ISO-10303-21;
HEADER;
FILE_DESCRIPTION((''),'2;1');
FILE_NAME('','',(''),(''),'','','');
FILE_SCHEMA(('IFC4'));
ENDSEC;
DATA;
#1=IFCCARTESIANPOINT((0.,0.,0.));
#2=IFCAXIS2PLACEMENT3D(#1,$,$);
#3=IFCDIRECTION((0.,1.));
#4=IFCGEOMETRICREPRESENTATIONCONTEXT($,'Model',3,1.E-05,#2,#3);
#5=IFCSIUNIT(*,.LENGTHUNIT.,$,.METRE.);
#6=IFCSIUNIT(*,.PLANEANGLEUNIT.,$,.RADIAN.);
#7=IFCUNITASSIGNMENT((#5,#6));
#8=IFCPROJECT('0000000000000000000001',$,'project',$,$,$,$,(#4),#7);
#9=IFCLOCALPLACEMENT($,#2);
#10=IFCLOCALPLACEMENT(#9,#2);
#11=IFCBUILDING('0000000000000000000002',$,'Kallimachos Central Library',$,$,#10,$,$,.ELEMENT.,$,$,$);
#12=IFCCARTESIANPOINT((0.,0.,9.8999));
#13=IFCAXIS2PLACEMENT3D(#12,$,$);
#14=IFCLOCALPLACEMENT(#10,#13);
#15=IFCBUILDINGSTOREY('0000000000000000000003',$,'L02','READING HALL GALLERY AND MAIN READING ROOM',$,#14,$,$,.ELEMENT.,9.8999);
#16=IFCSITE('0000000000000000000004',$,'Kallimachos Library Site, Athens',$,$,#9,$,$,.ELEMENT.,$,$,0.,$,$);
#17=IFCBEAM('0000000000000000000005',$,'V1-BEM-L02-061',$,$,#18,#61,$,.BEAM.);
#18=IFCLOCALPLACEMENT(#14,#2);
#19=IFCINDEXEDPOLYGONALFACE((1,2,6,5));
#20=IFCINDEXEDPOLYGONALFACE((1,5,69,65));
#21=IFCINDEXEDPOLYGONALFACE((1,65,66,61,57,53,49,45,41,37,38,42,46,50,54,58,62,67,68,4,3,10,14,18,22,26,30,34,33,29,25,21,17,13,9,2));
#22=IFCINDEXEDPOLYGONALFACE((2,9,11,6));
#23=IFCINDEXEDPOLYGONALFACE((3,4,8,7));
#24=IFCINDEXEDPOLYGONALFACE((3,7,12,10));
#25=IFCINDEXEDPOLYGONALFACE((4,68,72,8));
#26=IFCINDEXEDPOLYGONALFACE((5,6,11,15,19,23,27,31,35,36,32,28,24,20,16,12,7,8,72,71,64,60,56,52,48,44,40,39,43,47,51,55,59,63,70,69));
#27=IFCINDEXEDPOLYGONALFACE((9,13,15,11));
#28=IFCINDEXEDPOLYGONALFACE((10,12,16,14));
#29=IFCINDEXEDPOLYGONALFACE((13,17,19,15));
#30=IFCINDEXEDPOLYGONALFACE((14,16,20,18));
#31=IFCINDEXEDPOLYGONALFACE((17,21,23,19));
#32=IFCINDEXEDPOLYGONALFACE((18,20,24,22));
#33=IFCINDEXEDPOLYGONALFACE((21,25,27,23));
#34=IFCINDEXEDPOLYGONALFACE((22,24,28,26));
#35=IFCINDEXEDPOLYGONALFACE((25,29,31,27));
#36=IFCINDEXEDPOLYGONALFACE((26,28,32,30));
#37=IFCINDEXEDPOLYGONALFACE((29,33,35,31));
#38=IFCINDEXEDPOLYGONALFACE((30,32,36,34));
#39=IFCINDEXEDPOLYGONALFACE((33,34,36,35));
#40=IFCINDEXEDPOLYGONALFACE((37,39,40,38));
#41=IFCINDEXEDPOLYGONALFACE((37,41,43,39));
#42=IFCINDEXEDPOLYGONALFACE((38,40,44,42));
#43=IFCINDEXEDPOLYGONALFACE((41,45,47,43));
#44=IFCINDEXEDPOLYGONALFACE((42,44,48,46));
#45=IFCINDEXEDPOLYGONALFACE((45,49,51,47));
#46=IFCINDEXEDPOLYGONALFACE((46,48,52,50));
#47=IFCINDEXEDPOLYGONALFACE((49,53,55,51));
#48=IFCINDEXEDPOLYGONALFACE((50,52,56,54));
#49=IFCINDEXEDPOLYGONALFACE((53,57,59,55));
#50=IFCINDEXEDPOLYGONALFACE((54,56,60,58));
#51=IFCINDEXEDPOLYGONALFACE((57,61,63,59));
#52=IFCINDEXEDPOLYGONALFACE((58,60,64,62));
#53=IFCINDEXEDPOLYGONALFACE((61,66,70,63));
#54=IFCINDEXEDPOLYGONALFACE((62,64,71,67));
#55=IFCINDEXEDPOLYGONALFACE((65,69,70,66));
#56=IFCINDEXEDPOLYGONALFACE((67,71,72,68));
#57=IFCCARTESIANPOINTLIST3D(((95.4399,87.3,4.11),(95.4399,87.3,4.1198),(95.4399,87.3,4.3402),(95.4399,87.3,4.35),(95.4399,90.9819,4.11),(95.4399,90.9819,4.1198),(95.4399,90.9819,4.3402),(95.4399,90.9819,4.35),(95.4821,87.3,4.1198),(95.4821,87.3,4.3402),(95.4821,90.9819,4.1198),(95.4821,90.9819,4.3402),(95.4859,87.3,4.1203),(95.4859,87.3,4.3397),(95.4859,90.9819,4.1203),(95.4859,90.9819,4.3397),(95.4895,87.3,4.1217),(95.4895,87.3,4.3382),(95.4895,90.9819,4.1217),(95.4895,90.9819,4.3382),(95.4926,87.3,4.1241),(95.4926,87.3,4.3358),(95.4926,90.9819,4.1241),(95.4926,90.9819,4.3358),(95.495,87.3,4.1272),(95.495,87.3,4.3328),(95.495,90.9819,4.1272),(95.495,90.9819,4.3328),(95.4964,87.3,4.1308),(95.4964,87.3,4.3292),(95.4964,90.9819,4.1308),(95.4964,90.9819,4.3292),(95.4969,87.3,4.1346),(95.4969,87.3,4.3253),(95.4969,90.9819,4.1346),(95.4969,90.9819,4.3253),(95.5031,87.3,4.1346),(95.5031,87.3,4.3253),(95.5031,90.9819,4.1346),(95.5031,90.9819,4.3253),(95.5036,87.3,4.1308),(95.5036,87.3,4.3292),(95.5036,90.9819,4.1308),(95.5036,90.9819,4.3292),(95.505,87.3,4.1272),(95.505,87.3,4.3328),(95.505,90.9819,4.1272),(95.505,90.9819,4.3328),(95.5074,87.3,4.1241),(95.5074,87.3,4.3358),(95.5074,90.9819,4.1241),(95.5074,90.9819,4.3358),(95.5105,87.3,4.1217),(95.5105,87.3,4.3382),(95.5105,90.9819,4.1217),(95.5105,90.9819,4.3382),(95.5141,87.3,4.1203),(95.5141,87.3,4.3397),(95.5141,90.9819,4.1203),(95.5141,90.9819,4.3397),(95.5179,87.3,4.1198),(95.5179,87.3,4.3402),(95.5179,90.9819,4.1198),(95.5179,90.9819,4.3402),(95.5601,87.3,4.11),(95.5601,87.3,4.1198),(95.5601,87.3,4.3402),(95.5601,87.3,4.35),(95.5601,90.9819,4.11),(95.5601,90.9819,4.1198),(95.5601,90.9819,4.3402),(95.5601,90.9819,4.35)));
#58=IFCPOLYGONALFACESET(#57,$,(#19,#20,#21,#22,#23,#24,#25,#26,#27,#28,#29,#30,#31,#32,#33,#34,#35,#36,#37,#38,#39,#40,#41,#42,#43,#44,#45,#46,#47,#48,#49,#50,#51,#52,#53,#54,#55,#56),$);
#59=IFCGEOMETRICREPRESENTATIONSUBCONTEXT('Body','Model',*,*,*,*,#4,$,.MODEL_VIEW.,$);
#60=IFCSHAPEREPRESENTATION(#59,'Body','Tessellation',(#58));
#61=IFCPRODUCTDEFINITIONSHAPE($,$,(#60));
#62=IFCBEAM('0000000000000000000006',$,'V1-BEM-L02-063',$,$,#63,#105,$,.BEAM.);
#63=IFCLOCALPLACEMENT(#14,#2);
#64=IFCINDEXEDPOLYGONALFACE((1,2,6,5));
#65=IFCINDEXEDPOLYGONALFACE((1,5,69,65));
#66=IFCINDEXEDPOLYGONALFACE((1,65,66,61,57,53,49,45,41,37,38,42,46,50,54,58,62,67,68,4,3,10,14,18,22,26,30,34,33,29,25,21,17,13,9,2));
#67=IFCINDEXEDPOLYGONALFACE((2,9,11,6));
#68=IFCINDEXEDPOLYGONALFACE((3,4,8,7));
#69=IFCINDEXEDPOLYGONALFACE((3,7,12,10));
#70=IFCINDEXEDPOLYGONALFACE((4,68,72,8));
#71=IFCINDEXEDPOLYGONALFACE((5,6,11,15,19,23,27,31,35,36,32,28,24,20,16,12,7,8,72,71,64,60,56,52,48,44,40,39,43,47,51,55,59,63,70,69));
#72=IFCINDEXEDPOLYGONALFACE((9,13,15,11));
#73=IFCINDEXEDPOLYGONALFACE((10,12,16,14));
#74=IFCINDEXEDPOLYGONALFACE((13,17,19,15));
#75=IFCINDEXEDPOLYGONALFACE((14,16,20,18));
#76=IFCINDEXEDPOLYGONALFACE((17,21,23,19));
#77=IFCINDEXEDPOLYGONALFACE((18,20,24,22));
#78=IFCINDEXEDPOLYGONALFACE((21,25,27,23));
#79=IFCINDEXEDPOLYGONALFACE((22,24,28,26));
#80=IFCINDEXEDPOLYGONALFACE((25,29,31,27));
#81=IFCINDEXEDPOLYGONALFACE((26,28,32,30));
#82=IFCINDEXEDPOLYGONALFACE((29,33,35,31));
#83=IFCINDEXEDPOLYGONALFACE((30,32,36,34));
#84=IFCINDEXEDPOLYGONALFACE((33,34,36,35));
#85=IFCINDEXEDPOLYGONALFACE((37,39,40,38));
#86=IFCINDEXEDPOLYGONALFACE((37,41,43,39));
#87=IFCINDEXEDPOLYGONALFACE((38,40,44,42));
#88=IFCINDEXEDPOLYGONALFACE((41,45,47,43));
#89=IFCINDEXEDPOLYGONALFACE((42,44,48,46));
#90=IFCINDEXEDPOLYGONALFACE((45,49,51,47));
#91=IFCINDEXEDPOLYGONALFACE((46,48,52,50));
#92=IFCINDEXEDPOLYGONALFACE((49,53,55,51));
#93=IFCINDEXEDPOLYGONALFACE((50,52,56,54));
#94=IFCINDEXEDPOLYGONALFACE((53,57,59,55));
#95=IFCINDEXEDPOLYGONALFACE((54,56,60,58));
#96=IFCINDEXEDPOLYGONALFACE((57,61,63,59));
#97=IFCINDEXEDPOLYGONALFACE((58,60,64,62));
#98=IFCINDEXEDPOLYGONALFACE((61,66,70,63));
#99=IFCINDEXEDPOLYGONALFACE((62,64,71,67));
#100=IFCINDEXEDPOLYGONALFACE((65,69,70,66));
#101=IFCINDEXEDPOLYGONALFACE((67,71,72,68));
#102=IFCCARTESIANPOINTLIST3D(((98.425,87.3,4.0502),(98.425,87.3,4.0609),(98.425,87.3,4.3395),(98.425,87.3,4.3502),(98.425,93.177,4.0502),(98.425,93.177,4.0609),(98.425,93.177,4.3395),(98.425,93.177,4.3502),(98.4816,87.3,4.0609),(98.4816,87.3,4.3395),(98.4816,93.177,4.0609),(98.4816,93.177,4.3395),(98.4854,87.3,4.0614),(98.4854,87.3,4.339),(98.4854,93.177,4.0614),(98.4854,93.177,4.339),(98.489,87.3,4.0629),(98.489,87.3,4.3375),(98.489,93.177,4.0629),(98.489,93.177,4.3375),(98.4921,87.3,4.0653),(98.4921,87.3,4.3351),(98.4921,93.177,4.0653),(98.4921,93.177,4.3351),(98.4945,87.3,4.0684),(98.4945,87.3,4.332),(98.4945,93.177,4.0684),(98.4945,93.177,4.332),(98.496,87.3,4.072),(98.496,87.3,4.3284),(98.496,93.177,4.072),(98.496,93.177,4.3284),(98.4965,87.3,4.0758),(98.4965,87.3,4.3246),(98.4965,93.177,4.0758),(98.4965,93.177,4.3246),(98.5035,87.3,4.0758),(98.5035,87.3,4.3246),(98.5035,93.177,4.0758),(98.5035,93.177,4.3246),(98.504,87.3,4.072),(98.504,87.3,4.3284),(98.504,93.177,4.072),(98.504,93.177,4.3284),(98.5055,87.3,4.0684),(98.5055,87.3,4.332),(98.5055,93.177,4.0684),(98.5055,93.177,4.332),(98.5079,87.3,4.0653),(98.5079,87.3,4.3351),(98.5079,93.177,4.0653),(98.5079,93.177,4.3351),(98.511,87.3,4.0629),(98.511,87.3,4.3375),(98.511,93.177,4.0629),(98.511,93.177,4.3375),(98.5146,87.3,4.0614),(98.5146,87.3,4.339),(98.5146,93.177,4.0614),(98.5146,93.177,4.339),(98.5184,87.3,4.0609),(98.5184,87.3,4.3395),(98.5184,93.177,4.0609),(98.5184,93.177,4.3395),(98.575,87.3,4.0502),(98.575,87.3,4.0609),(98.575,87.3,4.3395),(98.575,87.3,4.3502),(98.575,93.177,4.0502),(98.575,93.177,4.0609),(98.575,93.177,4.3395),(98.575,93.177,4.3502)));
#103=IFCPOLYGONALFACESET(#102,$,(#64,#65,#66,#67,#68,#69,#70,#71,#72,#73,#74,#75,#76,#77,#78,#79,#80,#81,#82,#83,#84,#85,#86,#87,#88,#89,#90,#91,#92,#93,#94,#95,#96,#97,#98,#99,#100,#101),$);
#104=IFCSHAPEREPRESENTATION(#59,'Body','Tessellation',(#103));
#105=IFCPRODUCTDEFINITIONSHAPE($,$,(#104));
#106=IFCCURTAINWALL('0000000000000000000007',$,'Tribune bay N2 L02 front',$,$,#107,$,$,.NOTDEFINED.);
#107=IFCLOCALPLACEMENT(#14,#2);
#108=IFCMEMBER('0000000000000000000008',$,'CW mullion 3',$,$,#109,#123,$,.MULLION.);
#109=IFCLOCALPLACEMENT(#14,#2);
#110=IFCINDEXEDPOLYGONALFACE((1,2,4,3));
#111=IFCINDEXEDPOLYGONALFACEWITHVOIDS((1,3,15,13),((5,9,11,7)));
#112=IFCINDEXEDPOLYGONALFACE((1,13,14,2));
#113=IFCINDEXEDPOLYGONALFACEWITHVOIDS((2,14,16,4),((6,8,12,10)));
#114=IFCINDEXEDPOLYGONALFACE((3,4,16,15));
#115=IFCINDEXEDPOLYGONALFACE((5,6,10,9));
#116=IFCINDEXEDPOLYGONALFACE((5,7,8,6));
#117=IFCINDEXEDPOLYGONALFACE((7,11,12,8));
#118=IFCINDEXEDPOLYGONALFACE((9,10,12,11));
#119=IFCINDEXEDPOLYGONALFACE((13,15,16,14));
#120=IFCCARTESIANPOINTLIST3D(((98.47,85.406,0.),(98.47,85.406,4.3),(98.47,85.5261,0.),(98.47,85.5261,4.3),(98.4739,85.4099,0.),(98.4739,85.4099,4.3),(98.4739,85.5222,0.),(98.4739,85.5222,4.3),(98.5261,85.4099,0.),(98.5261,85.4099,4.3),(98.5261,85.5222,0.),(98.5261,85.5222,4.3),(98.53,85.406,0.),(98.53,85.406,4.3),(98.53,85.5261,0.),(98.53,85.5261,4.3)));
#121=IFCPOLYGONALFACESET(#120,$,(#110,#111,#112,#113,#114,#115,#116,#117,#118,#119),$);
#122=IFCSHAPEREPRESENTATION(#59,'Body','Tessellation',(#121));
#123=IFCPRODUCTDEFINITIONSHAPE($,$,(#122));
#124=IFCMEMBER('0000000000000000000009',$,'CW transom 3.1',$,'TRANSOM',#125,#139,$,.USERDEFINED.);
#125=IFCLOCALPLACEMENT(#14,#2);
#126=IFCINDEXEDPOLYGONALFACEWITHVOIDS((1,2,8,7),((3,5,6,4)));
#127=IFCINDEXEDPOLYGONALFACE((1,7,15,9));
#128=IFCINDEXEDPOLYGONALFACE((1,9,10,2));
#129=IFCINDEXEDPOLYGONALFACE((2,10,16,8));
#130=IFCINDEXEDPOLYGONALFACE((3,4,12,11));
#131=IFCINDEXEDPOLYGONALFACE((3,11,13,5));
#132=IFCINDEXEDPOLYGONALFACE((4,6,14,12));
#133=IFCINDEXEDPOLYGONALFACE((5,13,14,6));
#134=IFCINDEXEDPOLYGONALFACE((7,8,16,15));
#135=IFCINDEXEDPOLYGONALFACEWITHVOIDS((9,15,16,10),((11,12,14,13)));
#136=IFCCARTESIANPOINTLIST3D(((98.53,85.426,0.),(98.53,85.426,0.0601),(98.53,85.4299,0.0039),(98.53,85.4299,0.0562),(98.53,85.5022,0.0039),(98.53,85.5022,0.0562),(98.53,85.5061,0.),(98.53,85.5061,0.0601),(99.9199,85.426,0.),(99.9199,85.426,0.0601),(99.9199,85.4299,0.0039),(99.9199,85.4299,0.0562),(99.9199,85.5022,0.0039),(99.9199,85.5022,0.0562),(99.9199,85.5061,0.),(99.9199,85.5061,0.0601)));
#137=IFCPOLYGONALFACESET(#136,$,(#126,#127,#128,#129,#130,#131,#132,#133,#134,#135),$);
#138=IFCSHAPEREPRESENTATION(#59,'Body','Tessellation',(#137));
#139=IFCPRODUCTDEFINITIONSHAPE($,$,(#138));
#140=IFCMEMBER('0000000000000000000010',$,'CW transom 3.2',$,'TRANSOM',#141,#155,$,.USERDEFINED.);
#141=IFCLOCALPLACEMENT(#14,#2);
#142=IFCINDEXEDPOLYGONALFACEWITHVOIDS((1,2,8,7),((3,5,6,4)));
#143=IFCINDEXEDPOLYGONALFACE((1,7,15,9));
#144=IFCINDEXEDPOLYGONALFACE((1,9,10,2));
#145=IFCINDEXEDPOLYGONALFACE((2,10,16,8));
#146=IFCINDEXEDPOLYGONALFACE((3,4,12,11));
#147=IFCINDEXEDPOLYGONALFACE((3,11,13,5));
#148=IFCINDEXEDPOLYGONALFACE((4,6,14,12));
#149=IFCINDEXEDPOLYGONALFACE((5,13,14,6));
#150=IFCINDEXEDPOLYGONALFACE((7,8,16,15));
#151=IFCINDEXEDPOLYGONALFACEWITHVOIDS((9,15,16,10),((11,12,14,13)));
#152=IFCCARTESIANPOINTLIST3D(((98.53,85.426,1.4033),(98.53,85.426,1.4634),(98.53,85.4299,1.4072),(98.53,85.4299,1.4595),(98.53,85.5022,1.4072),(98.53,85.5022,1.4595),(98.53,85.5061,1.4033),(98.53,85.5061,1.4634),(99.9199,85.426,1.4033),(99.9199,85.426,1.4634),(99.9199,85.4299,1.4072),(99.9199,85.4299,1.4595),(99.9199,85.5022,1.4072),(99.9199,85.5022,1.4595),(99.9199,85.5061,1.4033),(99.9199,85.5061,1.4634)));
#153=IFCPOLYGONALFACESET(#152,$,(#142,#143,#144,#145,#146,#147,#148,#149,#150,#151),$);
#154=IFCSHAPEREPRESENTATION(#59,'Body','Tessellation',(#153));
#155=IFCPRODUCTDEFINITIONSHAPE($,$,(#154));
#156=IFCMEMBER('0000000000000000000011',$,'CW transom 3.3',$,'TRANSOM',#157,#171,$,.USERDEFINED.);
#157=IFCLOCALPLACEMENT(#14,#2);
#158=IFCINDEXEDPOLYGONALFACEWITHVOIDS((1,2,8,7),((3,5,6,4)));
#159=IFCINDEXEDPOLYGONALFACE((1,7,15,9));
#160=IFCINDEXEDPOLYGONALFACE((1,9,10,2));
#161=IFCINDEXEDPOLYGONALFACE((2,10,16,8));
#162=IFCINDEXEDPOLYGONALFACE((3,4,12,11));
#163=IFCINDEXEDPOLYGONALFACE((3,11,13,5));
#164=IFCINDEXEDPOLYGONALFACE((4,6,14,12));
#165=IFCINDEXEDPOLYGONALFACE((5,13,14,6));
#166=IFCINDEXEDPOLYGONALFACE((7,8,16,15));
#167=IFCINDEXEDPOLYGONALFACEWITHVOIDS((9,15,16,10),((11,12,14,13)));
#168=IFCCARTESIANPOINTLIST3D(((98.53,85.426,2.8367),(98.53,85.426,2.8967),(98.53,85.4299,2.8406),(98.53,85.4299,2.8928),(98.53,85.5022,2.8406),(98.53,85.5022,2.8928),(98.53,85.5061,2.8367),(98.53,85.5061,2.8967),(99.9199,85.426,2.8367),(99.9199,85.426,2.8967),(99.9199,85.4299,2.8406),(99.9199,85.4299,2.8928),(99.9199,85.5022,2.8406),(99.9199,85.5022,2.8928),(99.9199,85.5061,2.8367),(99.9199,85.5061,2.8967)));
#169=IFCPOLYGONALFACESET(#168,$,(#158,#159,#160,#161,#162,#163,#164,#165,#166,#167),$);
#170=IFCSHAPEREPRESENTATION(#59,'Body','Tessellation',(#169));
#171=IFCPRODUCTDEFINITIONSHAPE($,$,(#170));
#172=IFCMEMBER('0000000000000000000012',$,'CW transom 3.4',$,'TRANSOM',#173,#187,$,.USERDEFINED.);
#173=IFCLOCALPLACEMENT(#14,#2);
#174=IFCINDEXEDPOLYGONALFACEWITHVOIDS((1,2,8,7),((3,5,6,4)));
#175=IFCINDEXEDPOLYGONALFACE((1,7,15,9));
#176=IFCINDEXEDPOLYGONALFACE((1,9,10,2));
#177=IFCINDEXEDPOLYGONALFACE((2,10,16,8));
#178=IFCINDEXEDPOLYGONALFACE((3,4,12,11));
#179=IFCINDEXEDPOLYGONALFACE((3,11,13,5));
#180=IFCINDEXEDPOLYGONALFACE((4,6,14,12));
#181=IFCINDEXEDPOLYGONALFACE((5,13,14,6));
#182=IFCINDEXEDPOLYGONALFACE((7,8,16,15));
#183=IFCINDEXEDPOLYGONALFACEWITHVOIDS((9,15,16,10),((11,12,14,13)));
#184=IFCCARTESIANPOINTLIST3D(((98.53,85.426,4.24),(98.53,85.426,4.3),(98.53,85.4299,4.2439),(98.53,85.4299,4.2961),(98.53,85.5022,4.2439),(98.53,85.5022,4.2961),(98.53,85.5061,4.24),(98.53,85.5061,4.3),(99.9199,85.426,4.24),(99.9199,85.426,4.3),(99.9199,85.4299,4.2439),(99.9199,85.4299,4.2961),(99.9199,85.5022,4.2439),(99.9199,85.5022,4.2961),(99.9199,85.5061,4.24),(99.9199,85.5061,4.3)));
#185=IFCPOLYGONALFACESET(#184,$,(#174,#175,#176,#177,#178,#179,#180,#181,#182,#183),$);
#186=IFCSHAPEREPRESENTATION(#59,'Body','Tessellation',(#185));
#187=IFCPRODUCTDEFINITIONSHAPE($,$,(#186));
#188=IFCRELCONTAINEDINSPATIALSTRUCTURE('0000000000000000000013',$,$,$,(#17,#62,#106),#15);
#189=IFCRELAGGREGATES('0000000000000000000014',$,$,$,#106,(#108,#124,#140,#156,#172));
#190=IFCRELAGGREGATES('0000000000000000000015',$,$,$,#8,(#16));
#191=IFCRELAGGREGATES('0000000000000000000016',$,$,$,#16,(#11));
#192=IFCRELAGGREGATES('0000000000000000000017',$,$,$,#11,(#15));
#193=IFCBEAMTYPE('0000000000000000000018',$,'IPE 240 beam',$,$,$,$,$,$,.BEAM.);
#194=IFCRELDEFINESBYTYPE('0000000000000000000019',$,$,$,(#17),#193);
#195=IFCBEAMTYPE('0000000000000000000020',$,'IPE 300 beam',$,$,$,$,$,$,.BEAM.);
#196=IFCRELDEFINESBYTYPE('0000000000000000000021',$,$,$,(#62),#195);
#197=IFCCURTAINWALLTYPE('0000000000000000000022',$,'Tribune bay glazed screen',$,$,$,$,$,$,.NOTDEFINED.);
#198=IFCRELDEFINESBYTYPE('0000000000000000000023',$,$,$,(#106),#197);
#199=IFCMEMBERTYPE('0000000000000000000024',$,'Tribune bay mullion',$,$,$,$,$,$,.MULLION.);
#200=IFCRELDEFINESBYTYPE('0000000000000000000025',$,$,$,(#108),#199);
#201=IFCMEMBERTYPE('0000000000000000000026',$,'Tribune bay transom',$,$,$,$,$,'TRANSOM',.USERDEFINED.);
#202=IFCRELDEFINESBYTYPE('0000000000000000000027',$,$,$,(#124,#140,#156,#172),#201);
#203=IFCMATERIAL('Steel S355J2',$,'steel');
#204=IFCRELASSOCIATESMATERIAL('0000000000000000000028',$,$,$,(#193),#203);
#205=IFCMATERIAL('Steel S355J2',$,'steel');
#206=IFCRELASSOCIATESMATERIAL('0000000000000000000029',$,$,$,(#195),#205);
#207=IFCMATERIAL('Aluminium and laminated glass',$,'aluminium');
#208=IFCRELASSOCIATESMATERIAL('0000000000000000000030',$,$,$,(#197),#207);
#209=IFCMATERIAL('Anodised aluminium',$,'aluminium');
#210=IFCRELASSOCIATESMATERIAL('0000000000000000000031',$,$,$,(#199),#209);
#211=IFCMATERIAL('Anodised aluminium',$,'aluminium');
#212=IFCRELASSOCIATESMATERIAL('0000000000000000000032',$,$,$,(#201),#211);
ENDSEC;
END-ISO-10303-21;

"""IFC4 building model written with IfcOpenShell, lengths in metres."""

from ifc_helpers import new_model, si_unit, direction, frame, origin, origin_2d, place, context, subcontext, project, spatial, hollow_rectangle, i_section, extrude, material, material_profile, profile_set, type_object, element, aggregate, save


model = new_model("IFC4")

# Units and contexts
model_context = context("Model", 3, precision=1e-05, world=origin(), true_north=direction((0.0, 1.0)))
body_context = subcontext(model_context, "Body", "Model", "MODEL_VIEW")
ifc_project = project(units=[si_unit("LENGTHUNIT", "METRE"), si_unit("PLANEANGLEUNIT", "RADIAN")], contexts=[model_context])

# Site, building, storey
site_placement = place(None, origin())
site = spatial("IfcSite", under=ifc_project, at=site_placement, Name="Kallimachos Library Site, Athens", CompositionType="ELEMENT", RefElevation=0.0)
building_placement = place(site_placement, origin())
building = spatial("IfcBuilding", under=site, at=building_placement, Name="Kallimachos Central Library", CompositionType="ELEMENT")
storey_placement = place(building_placement, frame((0.0, 0.0, 9.8999)))
storey = spatial("IfcBuildingStorey", under=building, at=storey_placement, Name="L02", Description="READING HALL GALLERY AND MAIN READING ROOM", CompositionType="ELEMENT", Elevation=9.8999)

# Beams
ifc_material_1 = material(Name="Steel S355J2", Category="steel")
ifc_material_profile_1 = material_profile(ifc_material_1, i_section(OverallWidth=0.1201, OverallDepth=0.24, WebThickness=0.0061, FlangeThickness=0.0098, FilletRadius=0.0149, at=origin_2d()), Name="IPE 240")
ifc_profile_set_1 = profile_set([ifc_material_profile_1], Name="Steel S355J2")
beam_type_1 = type_object("IfcBeamType", Name="IPE 240 beam", PredefinedType="BEAM", material=ifc_profile_set_1)
beam_1_placement = place(storey_placement, frame((95.5, 87.3, 4.23), z_axis=(0.0, 1.0, 0.0), x_axis=(-1.0, 0.0, 0.0)))
element("IfcBeam", 1, at=beam_1_placement, inside=storey, type_object=beam_type_1, Name="V1-BEM-L02-061", PredefinedType="BEAM", context=body_context, shape_type="SweptSolid", body=[
    extrude(i_section(OverallWidth=0.1201, OverallDepth=0.24, WebThickness=0.0061, FlangeThickness=0.0098, FilletRadius=0.0149, at=origin_2d()), origin(), (0.0, 0.0, 1.0), 3.6819),
])
ifc_material_2 = material(Name="Steel S355J2", Category="steel")
ifc_material_profile_2 = material_profile(ifc_material_2, i_section(OverallWidth=0.1499, OverallDepth=0.3, WebThickness=0.0071, FlangeThickness=0.0107, FilletRadius=0.0149, at=origin_2d()), Name="IPE 300")
ifc_profile_set_2 = profile_set([ifc_material_profile_2], Name="Steel S355J2")
beam_type_2 = type_object("IfcBeamType", Name="IPE 300 beam", PredefinedType="BEAM", material=ifc_profile_set_2)
beam_2_placement = place(storey_placement, frame((98.5, 87.3, 4.2002), z_axis=(0.0, 1.0, 0.0), x_axis=(-1.0, 0.0, 0.0)))
element("IfcBeam", 2, at=beam_2_placement, inside=storey, type_object=beam_type_2, Name="V1-BEM-L02-063", PredefinedType="BEAM", context=body_context, shape_type="SweptSolid", body=[
    extrude(i_section(OverallWidth=0.1499, OverallDepth=0.3, WebThickness=0.0071, FlangeThickness=0.0107, FilletRadius=0.0149, at=origin_2d()), origin(), (0.0, 0.0, 1.0), 5.877),
])

# Curtain wall, members
ifc_material_3 = material(Name="Aluminium and laminated glass", Category="aluminium")
curtain_wall_type_1 = type_object("IfcCurtainWallType", Name="Tribune bay glazed screen", PredefinedType="NOTDEFINED", material=ifc_material_3)
curtain_wall_1_placement = place(storey_placement, origin())
curtain_wall_1 = element("IfcCurtainWall", 3, at=curtain_wall_1_placement, inside=storey, type_object=curtain_wall_type_1, Name="Tribune bay N2 L02 front", PredefinedType="NOTDEFINED")
ifc_material_4 = material(Name="Anodised aluminium", Category="aluminium")
ifc_material_profile_3 = material_profile(ifc_material_4, hollow_rectangle(XDim=0.0601, YDim=0.1201, WallThickness=0.0039, at=origin_2d()), Name="ALU MULLION 60x120")
ifc_profile_set_3 = profile_set([ifc_material_profile_3], Name="Anodised aluminium")
member_type_1 = type_object("IfcMemberType", Name="Tribune bay mullion", PredefinedType="MULLION", material=ifc_profile_set_3)
member_1_placement = place(storey_placement, frame((98.5, 85.4661, 0.0), z_axis=(0.0, 0.0, 1.0), x_axis=(1.0, 0.0, 0.0)))
member_1 = element("IfcMember", 4, at=member_1_placement, type_object=member_type_1, Name="CW mullion 3", PredefinedType="MULLION", context=body_context, shape_type="SweptSolid", body=[
    extrude(hollow_rectangle(XDim=0.0601, YDim=0.1201, WallThickness=0.0039, at=origin_2d()), origin(), (0.0, 0.0, 1.0), 4.3),
])
ifc_material_5 = material(Name="Anodised aluminium", Category="aluminium")
ifc_material_profile_4 = material_profile(ifc_material_5, hollow_rectangle(XDim=0.0601, YDim=0.0801, WallThickness=0.0039, at=origin_2d()), Name="ALU TRANSOM 60x80")
ifc_profile_set_4 = profile_set([ifc_material_profile_4], Name="Anodised aluminium")
member_type_2 = type_object("IfcMemberType", Name="Tribune bay transom", ElementType="TRANSOM", PredefinedType="USERDEFINED", material=ifc_profile_set_4)
member_2_placement = place(storey_placement, frame((98.53, 85.4661, 0.03), z_axis=(1.0, 0.0, 0.0), x_axis=(0.0, 0.0, 1.0)))
member_2 = element("IfcMember", 5, at=member_2_placement, type_object=member_type_2, Name="CW transom 3.1", ObjectType="TRANSOM", PredefinedType="USERDEFINED", context=body_context, shape_type="SweptSolid", body=[
    extrude(hollow_rectangle(XDim=0.0601, YDim=0.0801, WallThickness=0.0039, at=origin_2d()), origin(), (0.0, 0.0, 1.0), 1.3899),
])
member_3_placement = place(storey_placement, frame((98.53, 85.4661, 1.4333), z_axis=(1.0, 0.0, 0.0), x_axis=(0.0, 0.0, 1.0)))
member_3 = element("IfcMember", 6, at=member_3_placement, type_object=member_type_2, Name="CW transom 3.2", ObjectType="TRANSOM", PredefinedType="USERDEFINED", context=body_context, shape_type="SweptSolid", body=[
    extrude(hollow_rectangle(XDim=0.0601, YDim=0.0801, WallThickness=0.0039, at=origin_2d()), origin(), (0.0, 0.0, 1.0), 1.3899),
])
member_4_placement = place(storey_placement, frame((98.53, 85.4661, 2.8667), z_axis=(1.0, 0.0, 0.0), x_axis=(0.0, 0.0, 1.0)))
member_4 = element("IfcMember", 7, at=member_4_placement, type_object=member_type_2, Name="CW transom 3.3", ObjectType="TRANSOM", PredefinedType="USERDEFINED", context=body_context, shape_type="SweptSolid", body=[
    extrude(hollow_rectangle(XDim=0.0601, YDim=0.0801, WallThickness=0.0039, at=origin_2d()), origin(), (0.0, 0.0, 1.0), 1.3899),
])
member_5_placement = place(storey_placement, frame((98.53, 85.4661, 4.27), z_axis=(1.0, 0.0, 0.0), x_axis=(0.0, 0.0, 1.0)))
member_5 = element("IfcMember", 8, at=member_5_placement, type_object=member_type_2, Name="CW transom 3.4", ObjectType="TRANSOM", PredefinedType="USERDEFINED", context=body_context, shape_type="SweptSolid", body=[
    extrude(hollow_rectangle(XDim=0.0601, YDim=0.0801, WallThickness=0.0039, at=origin_2d()), origin(), (0.0, 0.0, 1.0), 1.3899),
])

aggregate(curtain_wall_1, [member_1, member_2, member_3, member_4, member_5])

save(model, "model.ifc")
